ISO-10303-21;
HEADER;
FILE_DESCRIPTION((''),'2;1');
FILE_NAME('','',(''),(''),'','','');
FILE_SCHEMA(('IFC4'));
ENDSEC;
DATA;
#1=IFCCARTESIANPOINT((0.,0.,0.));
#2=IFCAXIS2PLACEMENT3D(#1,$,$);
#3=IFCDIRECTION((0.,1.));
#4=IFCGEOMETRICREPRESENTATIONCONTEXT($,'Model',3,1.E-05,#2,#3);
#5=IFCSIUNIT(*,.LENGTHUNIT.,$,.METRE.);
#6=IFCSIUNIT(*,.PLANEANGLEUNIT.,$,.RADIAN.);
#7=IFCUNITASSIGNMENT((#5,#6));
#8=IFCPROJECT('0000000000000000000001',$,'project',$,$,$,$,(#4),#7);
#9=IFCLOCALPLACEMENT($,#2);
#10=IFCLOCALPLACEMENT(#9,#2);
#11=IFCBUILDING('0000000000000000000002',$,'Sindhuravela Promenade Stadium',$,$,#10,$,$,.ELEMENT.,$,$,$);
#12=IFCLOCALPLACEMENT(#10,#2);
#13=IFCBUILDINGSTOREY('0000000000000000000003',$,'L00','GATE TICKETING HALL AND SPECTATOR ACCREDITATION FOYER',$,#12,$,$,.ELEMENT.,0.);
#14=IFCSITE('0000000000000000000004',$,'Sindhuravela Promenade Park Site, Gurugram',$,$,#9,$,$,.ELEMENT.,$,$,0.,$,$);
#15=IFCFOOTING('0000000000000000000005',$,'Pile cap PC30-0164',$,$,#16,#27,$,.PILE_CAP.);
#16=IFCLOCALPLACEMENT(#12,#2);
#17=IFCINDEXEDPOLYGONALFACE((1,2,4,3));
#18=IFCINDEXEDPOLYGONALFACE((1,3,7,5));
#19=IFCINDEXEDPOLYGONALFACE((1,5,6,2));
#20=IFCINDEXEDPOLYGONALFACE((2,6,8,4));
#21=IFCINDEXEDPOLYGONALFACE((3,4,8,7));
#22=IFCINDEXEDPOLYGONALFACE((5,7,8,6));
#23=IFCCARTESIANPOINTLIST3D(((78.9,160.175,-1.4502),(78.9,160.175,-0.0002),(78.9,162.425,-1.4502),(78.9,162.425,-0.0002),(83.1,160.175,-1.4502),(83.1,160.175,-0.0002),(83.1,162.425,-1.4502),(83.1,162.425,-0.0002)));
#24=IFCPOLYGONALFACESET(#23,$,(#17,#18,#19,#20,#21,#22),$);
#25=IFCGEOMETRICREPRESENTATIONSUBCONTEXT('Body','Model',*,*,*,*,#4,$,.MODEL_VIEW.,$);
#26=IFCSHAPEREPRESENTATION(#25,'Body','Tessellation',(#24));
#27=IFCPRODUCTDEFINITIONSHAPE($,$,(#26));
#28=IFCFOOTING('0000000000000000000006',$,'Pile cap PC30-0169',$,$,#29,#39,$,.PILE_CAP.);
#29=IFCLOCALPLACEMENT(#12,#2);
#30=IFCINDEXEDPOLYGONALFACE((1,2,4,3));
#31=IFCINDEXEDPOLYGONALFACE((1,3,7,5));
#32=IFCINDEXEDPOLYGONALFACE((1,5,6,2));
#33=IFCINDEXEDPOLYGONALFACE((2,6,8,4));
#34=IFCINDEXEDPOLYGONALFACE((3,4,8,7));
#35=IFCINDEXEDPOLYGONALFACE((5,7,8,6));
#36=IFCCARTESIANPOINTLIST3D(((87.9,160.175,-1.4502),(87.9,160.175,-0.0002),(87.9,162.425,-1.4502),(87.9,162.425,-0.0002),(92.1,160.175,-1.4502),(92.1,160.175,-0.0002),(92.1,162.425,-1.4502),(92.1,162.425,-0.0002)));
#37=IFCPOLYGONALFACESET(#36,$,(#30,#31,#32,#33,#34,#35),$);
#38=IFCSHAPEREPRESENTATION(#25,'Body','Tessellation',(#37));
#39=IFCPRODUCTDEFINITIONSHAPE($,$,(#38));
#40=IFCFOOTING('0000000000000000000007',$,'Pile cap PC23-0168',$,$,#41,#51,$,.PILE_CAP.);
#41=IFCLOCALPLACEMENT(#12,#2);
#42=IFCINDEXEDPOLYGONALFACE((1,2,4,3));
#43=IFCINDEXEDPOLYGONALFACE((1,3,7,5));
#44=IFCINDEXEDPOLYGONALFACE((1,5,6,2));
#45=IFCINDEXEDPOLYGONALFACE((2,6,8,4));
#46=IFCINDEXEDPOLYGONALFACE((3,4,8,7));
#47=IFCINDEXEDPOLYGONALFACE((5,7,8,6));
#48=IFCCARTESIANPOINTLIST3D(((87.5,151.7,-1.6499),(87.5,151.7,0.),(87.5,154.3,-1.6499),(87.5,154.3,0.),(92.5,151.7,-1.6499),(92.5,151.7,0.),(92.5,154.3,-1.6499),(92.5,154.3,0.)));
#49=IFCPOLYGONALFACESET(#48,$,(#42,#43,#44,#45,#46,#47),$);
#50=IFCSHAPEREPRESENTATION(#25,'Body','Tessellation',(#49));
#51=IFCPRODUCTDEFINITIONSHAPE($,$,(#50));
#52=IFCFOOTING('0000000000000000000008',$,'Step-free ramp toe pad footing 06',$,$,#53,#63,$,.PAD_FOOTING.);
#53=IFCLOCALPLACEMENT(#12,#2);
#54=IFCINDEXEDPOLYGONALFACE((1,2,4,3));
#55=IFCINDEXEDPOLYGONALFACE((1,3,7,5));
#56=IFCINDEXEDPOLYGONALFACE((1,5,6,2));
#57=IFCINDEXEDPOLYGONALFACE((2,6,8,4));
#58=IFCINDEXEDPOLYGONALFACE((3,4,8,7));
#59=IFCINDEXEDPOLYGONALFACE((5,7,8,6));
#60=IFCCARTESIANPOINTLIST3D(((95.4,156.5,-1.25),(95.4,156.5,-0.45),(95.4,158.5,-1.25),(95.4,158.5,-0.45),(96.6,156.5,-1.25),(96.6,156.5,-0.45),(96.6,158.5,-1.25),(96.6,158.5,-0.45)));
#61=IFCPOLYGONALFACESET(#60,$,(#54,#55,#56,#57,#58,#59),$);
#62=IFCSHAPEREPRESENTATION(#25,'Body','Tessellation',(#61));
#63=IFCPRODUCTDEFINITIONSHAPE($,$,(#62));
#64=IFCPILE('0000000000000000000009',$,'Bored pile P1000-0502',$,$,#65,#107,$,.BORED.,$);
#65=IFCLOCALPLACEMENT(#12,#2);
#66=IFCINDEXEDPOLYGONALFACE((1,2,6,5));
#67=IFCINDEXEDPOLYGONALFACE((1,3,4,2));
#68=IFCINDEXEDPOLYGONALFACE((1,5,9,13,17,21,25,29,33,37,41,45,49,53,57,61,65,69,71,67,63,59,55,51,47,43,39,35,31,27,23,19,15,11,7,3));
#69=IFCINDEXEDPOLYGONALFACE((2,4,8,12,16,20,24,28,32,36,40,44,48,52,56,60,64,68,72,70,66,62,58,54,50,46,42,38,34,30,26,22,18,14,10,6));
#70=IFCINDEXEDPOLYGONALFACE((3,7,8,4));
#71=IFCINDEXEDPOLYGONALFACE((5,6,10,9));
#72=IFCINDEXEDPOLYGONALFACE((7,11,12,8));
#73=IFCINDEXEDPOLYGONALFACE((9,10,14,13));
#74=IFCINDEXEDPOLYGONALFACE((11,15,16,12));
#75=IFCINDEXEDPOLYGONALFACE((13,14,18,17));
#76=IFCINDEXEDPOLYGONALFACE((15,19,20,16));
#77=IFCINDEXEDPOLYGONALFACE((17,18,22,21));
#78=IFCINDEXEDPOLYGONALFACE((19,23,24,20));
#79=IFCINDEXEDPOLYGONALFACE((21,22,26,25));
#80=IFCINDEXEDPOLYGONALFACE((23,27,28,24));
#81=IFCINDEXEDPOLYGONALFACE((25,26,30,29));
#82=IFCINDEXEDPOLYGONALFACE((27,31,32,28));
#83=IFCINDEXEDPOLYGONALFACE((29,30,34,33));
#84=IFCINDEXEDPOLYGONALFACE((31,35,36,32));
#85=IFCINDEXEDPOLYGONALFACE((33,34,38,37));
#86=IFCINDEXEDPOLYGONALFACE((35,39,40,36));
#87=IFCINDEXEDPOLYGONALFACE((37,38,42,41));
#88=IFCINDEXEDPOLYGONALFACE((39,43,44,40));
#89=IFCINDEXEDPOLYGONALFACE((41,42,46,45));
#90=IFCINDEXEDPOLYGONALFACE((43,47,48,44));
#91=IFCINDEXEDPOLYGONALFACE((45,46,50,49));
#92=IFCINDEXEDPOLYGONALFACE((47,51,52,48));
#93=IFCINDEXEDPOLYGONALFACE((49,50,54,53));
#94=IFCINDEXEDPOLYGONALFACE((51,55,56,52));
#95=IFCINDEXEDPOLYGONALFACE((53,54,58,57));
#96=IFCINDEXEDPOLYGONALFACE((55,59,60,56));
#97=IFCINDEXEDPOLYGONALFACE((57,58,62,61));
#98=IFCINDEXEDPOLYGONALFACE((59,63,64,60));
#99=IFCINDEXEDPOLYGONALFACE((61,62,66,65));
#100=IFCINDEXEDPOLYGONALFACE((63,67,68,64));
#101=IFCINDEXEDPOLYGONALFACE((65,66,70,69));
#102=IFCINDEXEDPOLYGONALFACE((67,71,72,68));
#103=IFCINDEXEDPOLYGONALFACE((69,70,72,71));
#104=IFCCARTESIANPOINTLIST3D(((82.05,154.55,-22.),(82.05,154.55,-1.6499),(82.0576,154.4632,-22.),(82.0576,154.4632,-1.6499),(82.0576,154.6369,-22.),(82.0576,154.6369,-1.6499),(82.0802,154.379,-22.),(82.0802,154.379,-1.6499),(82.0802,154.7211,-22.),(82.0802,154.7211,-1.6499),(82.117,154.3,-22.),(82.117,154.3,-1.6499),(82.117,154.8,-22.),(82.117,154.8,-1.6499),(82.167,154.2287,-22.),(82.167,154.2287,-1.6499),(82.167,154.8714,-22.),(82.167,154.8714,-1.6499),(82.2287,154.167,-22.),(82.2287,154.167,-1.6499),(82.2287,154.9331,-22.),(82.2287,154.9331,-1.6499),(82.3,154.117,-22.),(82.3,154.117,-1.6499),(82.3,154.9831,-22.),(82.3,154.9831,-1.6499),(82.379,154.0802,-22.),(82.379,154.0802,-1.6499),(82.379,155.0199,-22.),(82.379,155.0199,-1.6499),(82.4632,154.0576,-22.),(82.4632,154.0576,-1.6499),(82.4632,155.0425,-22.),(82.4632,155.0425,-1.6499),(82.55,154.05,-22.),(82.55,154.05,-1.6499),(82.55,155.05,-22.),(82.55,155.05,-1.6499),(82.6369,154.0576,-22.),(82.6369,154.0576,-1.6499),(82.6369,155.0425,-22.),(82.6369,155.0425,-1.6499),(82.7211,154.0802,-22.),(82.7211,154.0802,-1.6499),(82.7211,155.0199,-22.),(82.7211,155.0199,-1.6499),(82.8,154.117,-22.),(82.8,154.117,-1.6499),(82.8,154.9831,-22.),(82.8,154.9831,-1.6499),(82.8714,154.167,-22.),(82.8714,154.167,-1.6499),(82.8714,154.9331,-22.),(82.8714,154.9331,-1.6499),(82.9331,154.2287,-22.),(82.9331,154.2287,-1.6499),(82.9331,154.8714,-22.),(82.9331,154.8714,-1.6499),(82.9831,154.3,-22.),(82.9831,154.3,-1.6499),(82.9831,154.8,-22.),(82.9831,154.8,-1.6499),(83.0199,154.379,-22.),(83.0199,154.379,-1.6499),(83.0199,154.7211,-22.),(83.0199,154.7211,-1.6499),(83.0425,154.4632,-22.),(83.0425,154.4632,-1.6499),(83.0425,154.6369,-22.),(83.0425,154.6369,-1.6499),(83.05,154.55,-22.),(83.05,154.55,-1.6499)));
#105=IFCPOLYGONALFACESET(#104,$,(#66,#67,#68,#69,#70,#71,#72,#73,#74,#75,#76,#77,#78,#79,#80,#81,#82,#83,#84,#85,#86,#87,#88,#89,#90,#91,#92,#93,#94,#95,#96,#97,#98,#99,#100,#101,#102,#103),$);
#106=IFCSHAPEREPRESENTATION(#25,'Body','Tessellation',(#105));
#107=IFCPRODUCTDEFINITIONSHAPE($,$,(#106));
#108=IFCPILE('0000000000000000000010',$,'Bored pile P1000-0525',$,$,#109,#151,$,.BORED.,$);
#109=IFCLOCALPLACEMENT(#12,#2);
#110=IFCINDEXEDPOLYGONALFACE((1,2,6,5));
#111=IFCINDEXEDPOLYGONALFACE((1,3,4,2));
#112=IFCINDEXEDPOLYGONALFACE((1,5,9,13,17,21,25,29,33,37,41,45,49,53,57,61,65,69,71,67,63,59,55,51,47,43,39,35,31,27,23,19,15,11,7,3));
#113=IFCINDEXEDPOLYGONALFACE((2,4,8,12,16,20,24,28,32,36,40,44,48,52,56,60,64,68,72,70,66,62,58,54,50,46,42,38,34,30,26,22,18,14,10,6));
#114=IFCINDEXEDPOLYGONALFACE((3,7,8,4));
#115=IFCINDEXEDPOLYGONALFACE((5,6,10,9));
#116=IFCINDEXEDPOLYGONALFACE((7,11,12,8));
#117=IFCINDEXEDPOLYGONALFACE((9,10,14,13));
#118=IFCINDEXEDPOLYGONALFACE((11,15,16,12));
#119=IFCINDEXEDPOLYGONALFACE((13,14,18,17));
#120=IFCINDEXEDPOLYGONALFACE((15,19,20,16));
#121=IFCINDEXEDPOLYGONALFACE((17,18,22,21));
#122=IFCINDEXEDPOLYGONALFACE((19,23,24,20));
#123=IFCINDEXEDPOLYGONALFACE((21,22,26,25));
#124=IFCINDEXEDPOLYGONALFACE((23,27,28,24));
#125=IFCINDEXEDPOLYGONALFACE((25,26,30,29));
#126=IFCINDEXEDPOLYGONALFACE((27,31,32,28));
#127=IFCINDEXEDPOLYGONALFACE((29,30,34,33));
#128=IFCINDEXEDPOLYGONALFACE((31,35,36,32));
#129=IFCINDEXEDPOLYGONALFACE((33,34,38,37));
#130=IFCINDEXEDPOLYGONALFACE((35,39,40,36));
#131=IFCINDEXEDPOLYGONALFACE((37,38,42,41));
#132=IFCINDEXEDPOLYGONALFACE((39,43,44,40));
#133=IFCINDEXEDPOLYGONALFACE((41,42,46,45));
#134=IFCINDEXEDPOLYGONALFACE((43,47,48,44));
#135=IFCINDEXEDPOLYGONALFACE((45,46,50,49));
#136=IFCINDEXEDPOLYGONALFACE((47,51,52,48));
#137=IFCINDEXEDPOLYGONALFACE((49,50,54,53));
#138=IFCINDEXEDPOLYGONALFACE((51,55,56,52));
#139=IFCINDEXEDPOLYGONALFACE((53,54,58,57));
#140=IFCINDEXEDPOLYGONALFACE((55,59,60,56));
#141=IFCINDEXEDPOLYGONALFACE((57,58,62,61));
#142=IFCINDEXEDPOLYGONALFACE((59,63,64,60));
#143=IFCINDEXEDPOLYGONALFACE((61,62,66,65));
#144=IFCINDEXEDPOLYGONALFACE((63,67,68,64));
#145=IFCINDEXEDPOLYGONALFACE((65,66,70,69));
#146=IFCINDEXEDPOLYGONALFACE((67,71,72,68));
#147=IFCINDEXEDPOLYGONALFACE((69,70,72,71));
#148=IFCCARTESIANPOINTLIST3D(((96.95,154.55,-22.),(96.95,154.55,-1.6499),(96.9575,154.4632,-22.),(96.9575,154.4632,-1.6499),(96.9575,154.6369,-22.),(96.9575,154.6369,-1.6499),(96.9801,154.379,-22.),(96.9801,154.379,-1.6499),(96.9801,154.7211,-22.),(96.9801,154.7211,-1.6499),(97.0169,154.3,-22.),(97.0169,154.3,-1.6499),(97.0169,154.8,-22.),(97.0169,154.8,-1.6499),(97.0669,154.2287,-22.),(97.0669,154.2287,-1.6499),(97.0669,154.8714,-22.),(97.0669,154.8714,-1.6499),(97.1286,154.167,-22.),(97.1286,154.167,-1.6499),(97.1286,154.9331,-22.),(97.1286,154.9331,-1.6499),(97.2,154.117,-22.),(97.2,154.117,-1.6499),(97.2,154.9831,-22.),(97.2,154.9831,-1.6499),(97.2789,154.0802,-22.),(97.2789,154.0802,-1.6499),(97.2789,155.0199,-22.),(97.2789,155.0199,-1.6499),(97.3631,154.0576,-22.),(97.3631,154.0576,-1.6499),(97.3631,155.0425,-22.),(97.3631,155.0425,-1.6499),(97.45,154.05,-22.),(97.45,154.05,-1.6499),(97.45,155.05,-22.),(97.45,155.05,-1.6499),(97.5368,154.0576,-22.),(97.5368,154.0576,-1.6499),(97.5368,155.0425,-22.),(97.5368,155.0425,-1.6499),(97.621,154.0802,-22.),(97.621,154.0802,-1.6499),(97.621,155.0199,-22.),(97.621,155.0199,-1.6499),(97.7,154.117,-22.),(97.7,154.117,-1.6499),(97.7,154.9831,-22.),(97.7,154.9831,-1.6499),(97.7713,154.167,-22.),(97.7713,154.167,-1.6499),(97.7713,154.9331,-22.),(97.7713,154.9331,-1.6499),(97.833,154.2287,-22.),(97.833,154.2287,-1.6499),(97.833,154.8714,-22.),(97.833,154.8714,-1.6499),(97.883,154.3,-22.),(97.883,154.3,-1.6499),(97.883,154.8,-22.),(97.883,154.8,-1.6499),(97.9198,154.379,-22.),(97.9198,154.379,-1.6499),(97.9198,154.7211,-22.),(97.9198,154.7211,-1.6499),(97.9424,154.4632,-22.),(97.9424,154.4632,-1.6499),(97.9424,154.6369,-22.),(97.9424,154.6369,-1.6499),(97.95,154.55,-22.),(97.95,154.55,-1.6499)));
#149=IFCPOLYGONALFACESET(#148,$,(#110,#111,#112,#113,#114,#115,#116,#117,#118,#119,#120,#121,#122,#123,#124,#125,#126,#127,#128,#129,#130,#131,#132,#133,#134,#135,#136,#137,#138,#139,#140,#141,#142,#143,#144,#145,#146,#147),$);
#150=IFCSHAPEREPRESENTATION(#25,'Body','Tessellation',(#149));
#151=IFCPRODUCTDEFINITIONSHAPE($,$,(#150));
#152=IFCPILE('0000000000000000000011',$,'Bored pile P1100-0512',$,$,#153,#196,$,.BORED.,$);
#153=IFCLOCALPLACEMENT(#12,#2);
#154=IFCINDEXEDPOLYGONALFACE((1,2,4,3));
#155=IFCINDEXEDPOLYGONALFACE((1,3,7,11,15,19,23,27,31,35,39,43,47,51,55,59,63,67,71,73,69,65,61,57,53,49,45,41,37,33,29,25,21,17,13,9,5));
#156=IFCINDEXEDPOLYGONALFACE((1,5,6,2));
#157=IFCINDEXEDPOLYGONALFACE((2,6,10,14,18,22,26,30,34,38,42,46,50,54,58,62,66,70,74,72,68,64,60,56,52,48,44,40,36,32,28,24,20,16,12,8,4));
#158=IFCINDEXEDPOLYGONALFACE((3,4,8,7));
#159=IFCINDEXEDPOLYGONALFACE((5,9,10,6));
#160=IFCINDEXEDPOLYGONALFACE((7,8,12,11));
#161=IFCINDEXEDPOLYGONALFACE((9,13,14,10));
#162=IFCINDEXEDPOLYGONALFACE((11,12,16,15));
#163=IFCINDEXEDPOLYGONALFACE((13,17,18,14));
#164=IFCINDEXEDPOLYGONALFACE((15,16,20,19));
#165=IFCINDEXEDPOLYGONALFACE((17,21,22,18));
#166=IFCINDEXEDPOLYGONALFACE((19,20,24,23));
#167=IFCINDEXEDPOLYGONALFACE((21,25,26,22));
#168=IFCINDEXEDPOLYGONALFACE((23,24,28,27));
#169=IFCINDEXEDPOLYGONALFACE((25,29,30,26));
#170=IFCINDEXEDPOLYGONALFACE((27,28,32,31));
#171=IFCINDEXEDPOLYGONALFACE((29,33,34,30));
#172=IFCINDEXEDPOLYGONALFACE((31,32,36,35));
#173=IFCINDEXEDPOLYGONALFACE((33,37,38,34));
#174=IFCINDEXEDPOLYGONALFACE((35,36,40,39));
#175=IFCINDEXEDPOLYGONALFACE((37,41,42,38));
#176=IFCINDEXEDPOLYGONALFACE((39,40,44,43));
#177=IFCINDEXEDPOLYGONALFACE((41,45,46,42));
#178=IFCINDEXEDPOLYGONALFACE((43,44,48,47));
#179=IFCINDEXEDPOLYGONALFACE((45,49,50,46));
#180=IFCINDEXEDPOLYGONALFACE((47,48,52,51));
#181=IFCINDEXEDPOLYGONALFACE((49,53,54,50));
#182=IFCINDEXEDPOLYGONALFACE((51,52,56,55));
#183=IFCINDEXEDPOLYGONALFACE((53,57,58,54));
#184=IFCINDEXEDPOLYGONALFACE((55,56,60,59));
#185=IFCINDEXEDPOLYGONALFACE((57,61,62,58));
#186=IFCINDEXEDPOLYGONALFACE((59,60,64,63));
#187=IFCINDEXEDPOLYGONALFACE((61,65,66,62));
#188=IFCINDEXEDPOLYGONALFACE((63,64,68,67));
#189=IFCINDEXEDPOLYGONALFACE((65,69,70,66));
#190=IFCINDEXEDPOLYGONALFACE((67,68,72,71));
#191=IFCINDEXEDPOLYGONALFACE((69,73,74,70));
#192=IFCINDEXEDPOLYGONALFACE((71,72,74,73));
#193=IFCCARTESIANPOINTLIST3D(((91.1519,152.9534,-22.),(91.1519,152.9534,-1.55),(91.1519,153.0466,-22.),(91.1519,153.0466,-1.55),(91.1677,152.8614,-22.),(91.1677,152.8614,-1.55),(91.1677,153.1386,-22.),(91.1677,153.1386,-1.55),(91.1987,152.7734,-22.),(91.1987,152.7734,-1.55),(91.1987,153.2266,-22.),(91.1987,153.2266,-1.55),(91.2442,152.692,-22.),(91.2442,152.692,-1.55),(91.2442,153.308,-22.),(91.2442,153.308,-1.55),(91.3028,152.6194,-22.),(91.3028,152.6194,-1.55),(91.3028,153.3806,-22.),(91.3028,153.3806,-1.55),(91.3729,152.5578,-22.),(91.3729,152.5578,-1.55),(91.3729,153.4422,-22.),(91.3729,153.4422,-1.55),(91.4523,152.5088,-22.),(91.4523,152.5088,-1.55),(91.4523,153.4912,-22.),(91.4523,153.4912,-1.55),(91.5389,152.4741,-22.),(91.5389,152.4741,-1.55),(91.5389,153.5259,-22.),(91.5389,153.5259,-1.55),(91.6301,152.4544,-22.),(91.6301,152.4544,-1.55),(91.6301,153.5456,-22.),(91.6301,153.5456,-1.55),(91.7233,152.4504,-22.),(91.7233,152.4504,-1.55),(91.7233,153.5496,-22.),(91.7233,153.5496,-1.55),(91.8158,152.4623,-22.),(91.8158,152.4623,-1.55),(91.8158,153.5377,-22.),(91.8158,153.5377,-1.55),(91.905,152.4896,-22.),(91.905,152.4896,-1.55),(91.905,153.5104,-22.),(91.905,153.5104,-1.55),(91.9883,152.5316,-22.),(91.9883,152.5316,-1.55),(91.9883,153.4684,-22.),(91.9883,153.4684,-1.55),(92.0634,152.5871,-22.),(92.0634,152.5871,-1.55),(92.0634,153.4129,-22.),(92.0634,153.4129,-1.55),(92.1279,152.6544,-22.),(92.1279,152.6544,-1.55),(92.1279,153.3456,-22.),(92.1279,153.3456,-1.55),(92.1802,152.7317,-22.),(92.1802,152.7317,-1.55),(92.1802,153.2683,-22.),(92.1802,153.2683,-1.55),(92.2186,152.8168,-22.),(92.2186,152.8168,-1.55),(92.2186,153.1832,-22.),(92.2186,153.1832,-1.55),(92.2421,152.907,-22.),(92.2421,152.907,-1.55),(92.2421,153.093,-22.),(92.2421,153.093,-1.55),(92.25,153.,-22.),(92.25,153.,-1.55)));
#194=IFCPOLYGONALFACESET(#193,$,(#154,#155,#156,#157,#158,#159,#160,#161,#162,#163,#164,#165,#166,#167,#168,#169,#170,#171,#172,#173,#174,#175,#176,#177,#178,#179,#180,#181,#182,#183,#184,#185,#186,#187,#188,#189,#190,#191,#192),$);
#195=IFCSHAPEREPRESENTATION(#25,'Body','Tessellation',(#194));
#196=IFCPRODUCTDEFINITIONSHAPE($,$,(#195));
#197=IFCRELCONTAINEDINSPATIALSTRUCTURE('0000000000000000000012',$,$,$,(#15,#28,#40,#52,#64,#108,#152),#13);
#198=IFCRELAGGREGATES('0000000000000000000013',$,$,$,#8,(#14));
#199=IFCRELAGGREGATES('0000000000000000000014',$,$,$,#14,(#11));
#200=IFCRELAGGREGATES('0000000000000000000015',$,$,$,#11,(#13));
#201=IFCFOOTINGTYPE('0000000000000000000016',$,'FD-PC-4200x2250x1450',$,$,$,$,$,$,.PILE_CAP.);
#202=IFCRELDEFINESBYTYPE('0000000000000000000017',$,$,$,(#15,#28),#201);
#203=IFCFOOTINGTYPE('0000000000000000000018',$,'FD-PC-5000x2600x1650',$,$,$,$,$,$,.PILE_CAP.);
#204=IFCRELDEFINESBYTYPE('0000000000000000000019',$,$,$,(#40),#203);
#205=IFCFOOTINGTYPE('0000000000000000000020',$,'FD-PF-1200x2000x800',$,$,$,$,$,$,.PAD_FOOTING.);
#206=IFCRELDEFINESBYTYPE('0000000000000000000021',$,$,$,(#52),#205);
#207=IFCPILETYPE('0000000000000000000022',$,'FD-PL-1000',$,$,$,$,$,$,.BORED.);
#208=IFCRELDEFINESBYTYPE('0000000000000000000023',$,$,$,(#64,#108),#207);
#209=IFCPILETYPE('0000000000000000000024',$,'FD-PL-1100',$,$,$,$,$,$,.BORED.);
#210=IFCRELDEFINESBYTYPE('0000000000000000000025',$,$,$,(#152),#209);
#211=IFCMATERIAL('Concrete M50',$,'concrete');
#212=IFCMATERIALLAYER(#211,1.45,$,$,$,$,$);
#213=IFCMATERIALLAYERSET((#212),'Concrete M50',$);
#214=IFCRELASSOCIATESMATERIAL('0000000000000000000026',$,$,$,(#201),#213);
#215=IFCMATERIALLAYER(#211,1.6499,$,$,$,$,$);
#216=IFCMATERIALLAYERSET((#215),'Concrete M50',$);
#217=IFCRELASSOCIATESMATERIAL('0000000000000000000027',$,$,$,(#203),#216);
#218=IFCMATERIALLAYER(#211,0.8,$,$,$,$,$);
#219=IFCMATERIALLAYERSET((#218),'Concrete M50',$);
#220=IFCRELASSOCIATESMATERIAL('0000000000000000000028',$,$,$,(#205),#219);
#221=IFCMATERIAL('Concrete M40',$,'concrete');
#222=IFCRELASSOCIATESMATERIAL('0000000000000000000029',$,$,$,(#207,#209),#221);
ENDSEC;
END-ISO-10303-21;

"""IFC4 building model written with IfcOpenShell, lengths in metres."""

from ifc_helpers import new_model, si_unit, direction, frame, origin, origin_2d, place, context, subcontext, project, spatial, rectangle, circle, extrude, material, layer, layer_set, material_profile, profile_set, type_object, element, save


model = new_model("IFC4")

# Units and contexts
model_context = context("Model", 3, precision=1e-05, world=origin(), true_north=direction((0.0, 1.0)))
body_context = subcontext(model_context, "Body", "Model", "MODEL_VIEW")
ifc_project = project(units=[si_unit("LENGTHUNIT", "METRE"), si_unit("PLANEANGLEUNIT", "RADIAN")], contexts=[model_context])

# Site, building, storey
site_placement = place(None, origin())
site = spatial("IfcSite", under=ifc_project, at=site_placement, Name="Sindhuravela Promenade Park Site, Gurugram", CompositionType="ELEMENT", RefElevation=0.0)
building_placement = place(site_placement, origin())
building = spatial("IfcBuilding", under=site, at=building_placement, Name="Sindhuravela Promenade Stadium", CompositionType="ELEMENT")
storey_placement = place(building_placement, origin())
storey = spatial("IfcBuildingStorey", under=building, at=storey_placement, Name="L00", Description="GATE TICKETING HALL AND SPECTATOR ACCREDITATION FOYER", CompositionType="ELEMENT", Elevation=0.0)

# Footings
ifc_material_1 = material(Name="Concrete M50", Category="concrete")
ifc_layer_1 = layer(ifc_material_1, 1.45)
ifc_layer_set_1 = layer_set([ifc_layer_1], Name="Concrete M50")
footing_type_1 = type_object("IfcFootingType", Name="FD-PC-4200x2250x1450", PredefinedType="PILE_CAP", material=ifc_layer_set_1)
for number, where, z_axis, x_axis, name in (
    (1, (81.0, 161.3, -1.4502), (0.0, 0.0, 1.0), (1.0, 0.0, 0.0), "Pile cap PC30-0164"),
    (2, (90.0, 161.3, -1.4502), (0.0, 0.0, 1.0), (1.0, 0.0, 0.0), "Pile cap PC30-0169"),
):
    element("IfcFooting", number, at=place(storey_placement, frame(where, z_axis=z_axis, x_axis=x_axis)), inside=storey, type_object=footing_type_1, Name=name, PredefinedType="PILE_CAP", context=body_context, shape_type="SweptSolid", body=[
        extrude(rectangle(XDim=4.2, YDim=2.25, at=origin_2d()), origin(), (0.0, 0.0, 1.0), 1.45),
    ])
ifc_layer_2 = layer(ifc_material_1, 1.6499)
ifc_layer_set_2 = layer_set([ifc_layer_2], Name="Concrete M50")
footing_type_2 = type_object("IfcFootingType", Name="FD-PC-5000x2600x1650", PredefinedType="PILE_CAP", material=ifc_layer_set_2)
footing_1_placement = place(storey_placement, frame((90.0, 153.0, -1.6499), z_axis=(0.0, 0.0, 1.0), x_axis=(1.0, 0.0, 0.0)))
element("IfcFooting", 3, at=footing_1_placement, inside=storey, type_object=footing_type_2, Name="Pile cap PC23-0168", PredefinedType="PILE_CAP", context=body_context, shape_type="SweptSolid", body=[
    extrude(rectangle(XDim=5.0, YDim=2.6001, at=origin_2d()), origin(), (0.0, 0.0, 1.0), 1.6499),
])
ifc_layer_3 = layer(ifc_material_1, 0.8)
ifc_layer_set_3 = layer_set([ifc_layer_3], Name="Concrete M50")
footing_type_3 = type_object("IfcFootingType", Name="FD-PF-1200x2000x800", PredefinedType="PAD_FOOTING", material=ifc_layer_set_3)
footing_2_placement = place(storey_placement, frame((96.0, 157.5, -1.25), z_axis=(0.0, 0.0, 1.0), x_axis=(1.0, 0.0, 0.0)))
element("IfcFooting", 4, at=footing_2_placement, inside=storey, type_object=footing_type_3, Name="Step-free ramp toe pad footing 06", PredefinedType="PAD_FOOTING", context=body_context, shape_type="SweptSolid", body=[
    extrude(rectangle(XDim=1.2, YDim=2.0, at=origin_2d()), origin(), (0.0, 0.0, 1.0), 0.8),
])

# Piles
ifc_material_2 = material(Name="Concrete M40", Category="concrete")
ifc_material_profile_1 = material_profile(ifc_material_2, circle(Radius=0.5, at=origin_2d()), Name="BORED PILE D1000")
ifc_profile_set_1 = profile_set([ifc_material_profile_1], Name="Concrete M40")
pile_type_1 = type_object("IfcPileType", Name="FD-PL-1000", PredefinedType="BORED", material=ifc_profile_set_1)
for number, where, z_axis, x_axis, name in (
    (5, (82.55, 154.55, -1.6499), (0.0, 0.0, -1.0), (1.0, 0.0, 0.0), "Bored pile P1000-0502"),
    (6, (97.45, 154.55, -1.6499), (0.0, 0.0, -1.0), (1.0, 0.0, 0.0), "Bored pile P1000-0525"),
):
    element("IfcPile", number, at=place(storey_placement, frame(where, z_axis=z_axis, x_axis=x_axis)), inside=storey, type_object=pile_type_1, Name=name, PredefinedType="BORED", context=body_context, shape_type="SweptSolid", body=[
        extrude(circle(Radius=0.5, at=origin_2d()), origin(), (0.0, 0.0, 1.0), 20.3501),
    ])
ifc_material_profile_2 = material_profile(ifc_material_2, circle(Radius=0.55, at=origin_2d()), Name="BORED PILE D1100")
ifc_profile_set_2 = profile_set([ifc_material_profile_2], Name="Concrete M40")
pile_type_2 = type_object("IfcPileType", Name="FD-PL-1100", PredefinedType="BORED", material=ifc_profile_set_2)
pile_placement = place(storey_placement, frame((91.7, 153.0, -1.55), z_axis=(0.0, 0.0, -1.0), x_axis=(1.0, 0.0, 0.0)))
element("IfcPile", 7, at=pile_placement, inside=storey, type_object=pile_type_2, Name="Bored pile P1100-0512", PredefinedType="BORED", context=body_context, shape_type="SweptSolid", body=[
    extrude(circle(Radius=0.55, at=origin_2d()), origin(), (0.0, 0.0, 1.0), 20.45),
])

save(model, "model.ifc")
